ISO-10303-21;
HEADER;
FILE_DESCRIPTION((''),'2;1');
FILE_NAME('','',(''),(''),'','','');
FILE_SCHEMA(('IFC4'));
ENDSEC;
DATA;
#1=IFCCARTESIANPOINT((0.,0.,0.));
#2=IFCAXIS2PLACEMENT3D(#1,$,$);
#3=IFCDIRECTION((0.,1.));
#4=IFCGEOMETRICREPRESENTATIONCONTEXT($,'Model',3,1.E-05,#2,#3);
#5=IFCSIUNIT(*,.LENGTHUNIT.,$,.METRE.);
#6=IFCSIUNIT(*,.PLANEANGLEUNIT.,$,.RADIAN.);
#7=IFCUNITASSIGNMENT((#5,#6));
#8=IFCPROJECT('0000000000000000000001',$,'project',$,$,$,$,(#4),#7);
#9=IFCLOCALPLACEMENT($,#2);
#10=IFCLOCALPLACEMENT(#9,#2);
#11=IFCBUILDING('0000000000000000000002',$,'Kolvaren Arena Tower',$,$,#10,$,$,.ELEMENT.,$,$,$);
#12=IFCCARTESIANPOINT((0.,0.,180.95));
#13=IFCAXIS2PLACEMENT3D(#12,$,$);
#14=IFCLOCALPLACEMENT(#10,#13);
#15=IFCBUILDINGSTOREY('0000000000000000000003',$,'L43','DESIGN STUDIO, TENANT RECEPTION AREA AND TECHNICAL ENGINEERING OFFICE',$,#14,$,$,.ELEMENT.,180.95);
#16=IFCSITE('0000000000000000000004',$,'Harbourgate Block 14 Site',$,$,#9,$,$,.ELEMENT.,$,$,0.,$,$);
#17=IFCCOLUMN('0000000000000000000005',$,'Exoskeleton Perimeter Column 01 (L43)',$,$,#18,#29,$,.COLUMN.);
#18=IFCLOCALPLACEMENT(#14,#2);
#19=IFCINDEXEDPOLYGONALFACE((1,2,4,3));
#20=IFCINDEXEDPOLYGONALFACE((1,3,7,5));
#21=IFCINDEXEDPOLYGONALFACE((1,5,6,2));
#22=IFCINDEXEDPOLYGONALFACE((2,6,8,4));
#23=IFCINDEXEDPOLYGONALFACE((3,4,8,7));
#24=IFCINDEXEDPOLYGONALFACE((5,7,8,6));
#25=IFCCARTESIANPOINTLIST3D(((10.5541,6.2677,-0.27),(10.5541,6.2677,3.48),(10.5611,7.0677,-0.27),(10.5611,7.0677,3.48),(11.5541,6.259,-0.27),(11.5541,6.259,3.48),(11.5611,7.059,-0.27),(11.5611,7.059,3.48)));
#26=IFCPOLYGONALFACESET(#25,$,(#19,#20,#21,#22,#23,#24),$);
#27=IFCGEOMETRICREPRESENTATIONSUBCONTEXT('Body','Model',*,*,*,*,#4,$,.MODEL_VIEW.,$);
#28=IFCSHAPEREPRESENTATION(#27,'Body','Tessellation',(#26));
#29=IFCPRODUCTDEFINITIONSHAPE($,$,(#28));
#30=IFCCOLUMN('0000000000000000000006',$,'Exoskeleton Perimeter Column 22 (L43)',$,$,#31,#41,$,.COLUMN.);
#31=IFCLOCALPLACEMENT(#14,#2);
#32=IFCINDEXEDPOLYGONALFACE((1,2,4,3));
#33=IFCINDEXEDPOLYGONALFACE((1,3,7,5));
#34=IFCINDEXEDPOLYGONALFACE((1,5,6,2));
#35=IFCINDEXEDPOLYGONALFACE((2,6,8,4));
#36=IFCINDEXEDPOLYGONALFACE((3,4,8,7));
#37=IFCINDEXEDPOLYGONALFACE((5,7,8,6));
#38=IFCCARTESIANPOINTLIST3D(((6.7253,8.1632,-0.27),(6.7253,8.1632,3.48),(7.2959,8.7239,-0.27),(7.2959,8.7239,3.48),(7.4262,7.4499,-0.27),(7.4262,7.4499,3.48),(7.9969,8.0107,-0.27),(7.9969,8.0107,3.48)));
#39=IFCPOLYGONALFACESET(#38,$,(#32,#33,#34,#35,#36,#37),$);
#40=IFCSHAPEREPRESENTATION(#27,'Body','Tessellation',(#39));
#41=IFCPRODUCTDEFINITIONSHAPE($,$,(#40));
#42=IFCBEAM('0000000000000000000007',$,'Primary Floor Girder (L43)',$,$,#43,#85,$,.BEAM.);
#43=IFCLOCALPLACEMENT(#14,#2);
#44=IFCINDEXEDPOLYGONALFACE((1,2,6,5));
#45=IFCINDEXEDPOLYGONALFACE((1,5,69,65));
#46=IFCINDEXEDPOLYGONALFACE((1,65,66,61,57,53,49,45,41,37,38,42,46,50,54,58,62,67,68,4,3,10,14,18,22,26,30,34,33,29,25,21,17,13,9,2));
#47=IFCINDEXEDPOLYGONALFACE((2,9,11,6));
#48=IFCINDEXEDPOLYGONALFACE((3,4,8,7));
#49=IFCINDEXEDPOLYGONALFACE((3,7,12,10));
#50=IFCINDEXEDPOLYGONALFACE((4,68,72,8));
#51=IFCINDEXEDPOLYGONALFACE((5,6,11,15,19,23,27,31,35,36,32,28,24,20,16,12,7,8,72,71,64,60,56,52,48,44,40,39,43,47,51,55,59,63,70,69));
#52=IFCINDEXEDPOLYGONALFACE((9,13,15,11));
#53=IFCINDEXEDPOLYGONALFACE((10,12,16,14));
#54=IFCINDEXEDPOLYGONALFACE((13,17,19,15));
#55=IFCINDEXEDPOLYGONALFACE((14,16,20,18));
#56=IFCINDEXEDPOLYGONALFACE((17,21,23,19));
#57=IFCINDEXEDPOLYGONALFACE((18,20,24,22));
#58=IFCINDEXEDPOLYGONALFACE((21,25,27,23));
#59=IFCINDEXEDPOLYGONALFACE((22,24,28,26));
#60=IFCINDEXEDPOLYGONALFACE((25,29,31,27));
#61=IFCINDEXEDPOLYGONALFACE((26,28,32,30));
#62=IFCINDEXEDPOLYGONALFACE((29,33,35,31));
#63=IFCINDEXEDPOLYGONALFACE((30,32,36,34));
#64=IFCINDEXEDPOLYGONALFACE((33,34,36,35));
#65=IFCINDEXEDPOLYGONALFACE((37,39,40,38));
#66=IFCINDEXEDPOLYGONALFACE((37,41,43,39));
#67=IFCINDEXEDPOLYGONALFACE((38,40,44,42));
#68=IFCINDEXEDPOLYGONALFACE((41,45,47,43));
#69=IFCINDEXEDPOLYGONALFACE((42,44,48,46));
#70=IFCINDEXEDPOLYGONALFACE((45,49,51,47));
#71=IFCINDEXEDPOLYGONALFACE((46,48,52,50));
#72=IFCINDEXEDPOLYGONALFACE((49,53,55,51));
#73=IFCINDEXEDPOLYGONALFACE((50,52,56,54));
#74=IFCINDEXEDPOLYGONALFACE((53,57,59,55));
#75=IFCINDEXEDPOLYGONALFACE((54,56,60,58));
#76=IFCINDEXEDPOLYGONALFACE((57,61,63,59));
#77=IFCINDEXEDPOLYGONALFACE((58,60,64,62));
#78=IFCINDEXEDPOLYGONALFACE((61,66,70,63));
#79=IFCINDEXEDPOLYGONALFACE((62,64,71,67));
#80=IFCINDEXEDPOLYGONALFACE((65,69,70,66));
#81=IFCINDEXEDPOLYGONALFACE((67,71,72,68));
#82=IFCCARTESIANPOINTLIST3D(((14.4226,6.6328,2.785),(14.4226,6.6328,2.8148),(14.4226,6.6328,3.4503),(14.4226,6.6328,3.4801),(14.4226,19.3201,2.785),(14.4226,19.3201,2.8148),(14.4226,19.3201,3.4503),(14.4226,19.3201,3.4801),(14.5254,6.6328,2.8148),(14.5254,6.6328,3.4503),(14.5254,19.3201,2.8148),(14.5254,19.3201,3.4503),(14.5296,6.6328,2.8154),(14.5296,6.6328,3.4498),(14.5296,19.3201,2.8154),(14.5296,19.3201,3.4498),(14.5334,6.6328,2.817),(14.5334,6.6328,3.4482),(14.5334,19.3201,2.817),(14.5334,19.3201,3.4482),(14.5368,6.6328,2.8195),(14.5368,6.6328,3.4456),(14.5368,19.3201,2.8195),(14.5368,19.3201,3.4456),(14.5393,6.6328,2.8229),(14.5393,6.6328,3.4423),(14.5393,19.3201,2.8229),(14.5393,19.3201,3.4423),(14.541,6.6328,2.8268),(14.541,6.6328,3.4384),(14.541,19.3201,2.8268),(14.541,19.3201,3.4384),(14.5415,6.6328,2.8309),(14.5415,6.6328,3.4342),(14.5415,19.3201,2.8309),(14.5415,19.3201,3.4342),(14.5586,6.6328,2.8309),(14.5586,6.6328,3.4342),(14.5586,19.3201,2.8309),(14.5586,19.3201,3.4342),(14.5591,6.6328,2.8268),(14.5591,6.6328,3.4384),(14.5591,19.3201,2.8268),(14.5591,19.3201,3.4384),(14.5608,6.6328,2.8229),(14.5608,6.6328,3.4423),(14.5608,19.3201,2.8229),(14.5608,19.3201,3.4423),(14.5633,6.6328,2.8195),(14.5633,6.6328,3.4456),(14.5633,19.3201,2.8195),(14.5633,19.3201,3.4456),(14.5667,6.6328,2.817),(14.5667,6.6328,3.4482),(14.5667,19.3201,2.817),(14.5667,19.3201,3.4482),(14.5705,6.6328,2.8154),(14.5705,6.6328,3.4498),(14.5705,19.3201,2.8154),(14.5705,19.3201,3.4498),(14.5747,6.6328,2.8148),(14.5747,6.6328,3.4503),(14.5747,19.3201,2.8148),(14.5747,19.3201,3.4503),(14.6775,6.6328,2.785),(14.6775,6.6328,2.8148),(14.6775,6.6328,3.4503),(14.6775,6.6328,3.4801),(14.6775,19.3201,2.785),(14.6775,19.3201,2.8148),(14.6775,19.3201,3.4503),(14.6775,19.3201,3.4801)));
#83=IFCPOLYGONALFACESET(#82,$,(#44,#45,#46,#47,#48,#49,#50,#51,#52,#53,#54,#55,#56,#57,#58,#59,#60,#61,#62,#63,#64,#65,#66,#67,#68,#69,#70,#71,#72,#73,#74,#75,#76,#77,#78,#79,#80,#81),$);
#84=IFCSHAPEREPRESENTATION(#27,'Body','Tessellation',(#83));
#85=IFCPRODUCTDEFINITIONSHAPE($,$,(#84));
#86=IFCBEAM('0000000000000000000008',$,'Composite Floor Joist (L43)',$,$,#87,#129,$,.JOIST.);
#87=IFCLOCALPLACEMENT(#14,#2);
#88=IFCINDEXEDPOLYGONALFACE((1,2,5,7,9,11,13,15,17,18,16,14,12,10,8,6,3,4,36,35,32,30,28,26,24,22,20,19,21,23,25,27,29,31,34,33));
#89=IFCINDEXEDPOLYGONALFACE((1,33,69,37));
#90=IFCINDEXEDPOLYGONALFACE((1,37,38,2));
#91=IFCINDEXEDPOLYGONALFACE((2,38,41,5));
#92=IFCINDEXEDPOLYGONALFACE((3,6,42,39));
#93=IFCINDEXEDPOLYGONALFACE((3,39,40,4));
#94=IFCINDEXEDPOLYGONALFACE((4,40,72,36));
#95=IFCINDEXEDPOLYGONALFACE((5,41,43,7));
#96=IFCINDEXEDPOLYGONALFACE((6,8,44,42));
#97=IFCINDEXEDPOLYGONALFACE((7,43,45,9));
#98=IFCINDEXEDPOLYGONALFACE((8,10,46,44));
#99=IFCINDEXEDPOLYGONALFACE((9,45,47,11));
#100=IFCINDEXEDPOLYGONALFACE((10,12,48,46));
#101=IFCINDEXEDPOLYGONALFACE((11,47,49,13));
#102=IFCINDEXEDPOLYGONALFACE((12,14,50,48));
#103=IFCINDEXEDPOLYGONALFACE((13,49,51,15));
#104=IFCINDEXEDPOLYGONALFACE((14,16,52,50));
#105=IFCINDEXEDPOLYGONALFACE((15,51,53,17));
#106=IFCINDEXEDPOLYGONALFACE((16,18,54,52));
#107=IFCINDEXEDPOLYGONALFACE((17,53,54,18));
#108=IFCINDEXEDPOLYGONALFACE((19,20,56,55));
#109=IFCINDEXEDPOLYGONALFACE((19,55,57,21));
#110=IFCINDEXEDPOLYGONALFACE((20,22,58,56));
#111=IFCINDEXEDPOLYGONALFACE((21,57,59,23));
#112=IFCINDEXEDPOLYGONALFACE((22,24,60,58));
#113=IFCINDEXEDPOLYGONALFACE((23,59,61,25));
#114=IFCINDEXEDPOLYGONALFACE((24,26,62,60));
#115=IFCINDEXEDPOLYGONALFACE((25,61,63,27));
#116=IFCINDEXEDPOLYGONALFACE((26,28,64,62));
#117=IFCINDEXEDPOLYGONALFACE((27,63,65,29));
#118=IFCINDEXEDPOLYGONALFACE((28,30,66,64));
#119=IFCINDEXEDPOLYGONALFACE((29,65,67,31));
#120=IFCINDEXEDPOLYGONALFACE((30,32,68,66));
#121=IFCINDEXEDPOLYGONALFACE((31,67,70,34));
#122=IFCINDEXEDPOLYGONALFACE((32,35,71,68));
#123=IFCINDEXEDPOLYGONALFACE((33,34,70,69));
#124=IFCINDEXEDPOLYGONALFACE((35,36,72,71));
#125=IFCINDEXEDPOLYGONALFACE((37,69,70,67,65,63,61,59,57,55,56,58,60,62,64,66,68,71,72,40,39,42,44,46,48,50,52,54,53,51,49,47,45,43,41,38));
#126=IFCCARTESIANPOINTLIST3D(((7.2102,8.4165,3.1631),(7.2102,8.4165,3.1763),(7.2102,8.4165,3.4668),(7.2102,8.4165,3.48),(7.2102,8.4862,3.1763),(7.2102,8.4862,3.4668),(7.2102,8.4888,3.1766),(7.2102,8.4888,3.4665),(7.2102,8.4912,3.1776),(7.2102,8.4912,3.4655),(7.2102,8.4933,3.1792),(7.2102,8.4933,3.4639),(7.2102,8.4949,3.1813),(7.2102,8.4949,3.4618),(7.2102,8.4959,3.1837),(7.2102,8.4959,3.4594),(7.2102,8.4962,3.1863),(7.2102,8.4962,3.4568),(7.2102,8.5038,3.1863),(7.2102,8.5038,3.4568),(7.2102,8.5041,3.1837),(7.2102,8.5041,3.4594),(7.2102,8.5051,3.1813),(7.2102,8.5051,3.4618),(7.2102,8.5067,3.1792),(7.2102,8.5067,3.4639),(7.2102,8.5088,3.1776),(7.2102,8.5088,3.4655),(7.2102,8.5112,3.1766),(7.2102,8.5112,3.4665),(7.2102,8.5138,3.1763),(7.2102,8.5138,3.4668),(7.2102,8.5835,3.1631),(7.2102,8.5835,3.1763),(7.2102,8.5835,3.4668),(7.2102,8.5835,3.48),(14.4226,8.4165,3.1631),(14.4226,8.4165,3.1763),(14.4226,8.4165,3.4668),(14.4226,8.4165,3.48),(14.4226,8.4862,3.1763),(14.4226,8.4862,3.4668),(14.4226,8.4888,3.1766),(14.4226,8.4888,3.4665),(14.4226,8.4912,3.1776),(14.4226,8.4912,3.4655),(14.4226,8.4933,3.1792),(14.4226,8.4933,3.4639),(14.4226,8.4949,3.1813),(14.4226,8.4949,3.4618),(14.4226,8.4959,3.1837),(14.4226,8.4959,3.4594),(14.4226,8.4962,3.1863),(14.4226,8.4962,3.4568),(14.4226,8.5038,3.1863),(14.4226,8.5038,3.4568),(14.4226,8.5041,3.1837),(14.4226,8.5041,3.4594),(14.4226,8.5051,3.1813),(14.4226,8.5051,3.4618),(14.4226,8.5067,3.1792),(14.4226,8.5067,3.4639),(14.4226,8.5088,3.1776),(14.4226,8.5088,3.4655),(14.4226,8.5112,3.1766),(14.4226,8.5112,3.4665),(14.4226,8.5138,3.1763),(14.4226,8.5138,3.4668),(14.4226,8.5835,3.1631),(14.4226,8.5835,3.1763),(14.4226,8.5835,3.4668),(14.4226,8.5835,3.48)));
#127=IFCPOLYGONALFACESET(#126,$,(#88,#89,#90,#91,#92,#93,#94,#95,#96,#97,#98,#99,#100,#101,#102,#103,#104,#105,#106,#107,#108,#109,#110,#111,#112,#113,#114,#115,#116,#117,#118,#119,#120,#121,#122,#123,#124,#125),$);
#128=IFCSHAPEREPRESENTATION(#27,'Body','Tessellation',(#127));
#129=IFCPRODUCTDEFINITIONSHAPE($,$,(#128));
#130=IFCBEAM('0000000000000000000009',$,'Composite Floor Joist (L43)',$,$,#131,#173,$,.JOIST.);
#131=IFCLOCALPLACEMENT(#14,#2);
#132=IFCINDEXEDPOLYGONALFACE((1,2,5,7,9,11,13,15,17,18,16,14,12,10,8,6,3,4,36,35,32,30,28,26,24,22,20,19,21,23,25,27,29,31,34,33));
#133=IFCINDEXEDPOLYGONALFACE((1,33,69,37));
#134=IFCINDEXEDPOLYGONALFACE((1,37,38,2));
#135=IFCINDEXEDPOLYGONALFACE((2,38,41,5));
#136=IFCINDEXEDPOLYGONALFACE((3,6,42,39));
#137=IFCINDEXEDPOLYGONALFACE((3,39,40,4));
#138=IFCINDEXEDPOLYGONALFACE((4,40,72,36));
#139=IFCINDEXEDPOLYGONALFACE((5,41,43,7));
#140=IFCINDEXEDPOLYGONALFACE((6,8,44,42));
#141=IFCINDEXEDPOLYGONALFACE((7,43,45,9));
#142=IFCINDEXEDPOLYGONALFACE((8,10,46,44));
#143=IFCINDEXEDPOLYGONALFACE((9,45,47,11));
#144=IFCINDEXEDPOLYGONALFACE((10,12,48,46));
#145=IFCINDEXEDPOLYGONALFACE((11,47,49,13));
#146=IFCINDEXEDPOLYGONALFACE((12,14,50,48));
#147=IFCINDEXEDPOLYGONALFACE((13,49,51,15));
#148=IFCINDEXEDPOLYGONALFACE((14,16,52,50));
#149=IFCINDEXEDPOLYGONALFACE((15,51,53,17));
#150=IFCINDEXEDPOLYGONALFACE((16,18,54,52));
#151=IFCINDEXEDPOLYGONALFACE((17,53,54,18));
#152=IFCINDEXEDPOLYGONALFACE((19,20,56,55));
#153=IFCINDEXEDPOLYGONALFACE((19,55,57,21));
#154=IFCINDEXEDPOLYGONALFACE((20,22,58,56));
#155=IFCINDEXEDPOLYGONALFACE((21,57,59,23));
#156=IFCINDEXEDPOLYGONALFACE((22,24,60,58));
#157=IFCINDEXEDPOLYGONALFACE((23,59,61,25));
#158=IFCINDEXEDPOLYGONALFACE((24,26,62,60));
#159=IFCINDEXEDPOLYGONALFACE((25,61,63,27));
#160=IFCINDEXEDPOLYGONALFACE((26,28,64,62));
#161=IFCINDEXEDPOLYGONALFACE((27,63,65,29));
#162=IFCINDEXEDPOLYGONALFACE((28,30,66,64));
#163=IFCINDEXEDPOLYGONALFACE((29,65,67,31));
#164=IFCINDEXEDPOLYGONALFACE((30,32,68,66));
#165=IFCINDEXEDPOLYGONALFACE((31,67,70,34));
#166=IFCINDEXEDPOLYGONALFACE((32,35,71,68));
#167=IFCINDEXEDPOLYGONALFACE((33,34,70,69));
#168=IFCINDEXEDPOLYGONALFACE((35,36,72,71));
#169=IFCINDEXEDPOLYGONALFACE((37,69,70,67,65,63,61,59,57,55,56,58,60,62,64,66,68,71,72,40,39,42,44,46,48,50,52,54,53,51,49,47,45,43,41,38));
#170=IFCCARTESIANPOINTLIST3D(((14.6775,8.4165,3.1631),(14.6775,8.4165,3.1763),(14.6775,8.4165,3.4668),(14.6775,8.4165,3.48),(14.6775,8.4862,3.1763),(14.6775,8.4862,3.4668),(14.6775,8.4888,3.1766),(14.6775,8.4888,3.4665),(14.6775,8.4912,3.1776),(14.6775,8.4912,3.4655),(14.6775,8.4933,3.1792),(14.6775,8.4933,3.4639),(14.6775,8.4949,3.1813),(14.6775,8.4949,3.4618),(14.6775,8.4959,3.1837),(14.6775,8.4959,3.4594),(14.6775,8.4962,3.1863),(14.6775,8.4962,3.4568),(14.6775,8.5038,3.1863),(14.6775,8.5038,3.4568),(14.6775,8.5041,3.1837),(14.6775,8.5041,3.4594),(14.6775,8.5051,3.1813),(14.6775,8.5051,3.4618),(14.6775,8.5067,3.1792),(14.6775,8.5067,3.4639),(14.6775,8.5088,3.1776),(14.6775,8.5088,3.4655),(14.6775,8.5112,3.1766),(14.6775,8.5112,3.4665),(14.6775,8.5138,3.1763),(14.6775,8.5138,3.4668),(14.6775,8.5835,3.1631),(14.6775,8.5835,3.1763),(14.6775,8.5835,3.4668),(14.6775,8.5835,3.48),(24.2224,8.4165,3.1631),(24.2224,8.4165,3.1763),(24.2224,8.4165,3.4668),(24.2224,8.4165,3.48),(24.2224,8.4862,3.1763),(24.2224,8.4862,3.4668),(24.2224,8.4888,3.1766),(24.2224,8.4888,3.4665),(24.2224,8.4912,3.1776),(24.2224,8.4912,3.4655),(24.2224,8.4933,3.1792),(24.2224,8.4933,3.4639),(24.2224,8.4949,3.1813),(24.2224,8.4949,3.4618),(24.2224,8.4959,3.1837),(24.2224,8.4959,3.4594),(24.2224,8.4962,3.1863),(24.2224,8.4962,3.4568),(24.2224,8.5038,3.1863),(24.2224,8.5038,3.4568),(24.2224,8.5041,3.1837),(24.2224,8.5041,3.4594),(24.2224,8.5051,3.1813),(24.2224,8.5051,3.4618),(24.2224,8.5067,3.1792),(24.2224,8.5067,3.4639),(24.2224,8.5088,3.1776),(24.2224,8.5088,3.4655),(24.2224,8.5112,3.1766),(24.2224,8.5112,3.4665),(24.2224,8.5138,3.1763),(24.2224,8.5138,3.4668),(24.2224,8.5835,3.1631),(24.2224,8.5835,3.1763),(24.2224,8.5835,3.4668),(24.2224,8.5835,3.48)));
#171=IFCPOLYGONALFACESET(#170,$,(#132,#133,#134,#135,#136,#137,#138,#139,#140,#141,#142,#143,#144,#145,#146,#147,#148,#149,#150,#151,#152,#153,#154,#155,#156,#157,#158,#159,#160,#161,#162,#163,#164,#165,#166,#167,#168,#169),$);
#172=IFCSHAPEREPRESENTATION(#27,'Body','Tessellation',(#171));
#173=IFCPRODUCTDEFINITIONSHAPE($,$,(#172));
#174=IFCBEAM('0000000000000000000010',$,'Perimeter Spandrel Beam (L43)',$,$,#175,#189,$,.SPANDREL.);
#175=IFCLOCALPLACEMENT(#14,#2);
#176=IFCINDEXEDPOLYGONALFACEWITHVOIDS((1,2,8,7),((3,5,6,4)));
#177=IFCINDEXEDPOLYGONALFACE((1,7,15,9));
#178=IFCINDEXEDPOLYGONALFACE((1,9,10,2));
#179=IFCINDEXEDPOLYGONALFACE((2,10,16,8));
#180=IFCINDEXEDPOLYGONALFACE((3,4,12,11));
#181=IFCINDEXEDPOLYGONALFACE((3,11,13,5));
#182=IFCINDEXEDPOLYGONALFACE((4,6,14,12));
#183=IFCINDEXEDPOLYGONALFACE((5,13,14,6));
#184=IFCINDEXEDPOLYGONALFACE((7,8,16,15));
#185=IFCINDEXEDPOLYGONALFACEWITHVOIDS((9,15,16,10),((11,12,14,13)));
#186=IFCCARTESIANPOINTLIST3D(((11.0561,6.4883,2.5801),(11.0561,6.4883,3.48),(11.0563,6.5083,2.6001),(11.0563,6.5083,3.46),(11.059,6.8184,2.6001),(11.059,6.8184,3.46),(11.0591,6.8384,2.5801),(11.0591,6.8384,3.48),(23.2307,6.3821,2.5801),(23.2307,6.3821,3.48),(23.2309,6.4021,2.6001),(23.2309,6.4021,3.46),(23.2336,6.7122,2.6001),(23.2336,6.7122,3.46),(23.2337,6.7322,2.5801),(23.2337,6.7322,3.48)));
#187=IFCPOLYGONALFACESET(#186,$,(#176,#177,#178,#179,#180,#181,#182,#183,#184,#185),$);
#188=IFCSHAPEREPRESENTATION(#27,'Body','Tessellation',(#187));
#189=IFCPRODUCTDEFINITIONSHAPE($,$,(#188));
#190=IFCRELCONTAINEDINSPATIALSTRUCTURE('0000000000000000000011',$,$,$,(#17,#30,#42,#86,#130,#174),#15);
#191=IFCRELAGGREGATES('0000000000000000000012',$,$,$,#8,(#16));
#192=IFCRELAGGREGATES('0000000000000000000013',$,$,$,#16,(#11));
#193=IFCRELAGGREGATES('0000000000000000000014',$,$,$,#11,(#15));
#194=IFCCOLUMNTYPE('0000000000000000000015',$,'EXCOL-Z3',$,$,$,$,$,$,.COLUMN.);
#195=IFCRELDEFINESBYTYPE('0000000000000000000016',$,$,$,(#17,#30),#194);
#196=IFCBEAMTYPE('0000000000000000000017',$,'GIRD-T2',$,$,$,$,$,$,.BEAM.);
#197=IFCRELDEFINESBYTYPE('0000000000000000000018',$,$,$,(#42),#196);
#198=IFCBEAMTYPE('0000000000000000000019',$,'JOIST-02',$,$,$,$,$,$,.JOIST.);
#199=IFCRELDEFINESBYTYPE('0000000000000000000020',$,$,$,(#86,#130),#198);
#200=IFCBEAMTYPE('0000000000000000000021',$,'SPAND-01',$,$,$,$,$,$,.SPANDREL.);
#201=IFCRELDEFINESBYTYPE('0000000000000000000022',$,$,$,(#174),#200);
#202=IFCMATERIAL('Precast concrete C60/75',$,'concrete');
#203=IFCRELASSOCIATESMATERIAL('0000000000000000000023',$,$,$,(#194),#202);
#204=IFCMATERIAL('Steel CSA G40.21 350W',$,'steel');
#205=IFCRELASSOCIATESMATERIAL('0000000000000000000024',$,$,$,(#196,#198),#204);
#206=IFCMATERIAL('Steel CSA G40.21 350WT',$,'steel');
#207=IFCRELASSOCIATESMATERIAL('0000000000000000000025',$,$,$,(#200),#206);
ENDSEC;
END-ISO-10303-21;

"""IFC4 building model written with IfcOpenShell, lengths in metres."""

from ifc_helpers import new_model, si_unit, direction, frame, origin, origin_2d, place, context, subcontext, project, spatial, rectangle, hollow_rectangle, i_section, extrude, material, material_profile, profile_set, type_object, element, save


model = new_model("IFC4")

# Units and contexts
model_context = context("Model", 3, precision=1e-05, world=origin(), true_north=direction((0.0, 1.0)))
body_context = subcontext(model_context, "Body", "Model", "MODEL_VIEW")
ifc_project = project(units=[si_unit("LENGTHUNIT", "METRE"), si_unit("PLANEANGLEUNIT", "RADIAN")], contexts=[model_context])

# Site, building, storey
site_placement = place(None, origin())
site = spatial("IfcSite", under=ifc_project, at=site_placement, Name="Harbourgate Block 14 Site", CompositionType="ELEMENT", RefElevation=0.0)
building_placement = place(site_placement, origin())
building = spatial("IfcBuilding", under=site, at=building_placement, Name="Kolvaren Arena Tower", CompositionType="ELEMENT")
storey_placement = place(building_placement, frame((0.0, 0.0, 180.95)))
storey = spatial("IfcBuildingStorey", under=building, at=storey_placement, Name="L43", Description="DESIGN STUDIO, TENANT RECEPTION AREA AND TECHNICAL ENGINEERING OFFICE", CompositionType="ELEMENT", Elevation=180.95)

# Columns
ifc_material_1 = material(Name="Precast concrete C60/75", Category="concrete")
ifc_material_profile_1 = material_profile(ifc_material_1, rectangle(XDim=1.0, YDim=0.8, at=origin_2d()), Name="RC-1000x800")
ifc_profile_set_1 = profile_set([ifc_material_profile_1], Name="Precast concrete C60/75")
column_type = type_object("IfcColumnType", Name="EXCOL-Z3", PredefinedType="COLUMN", material=ifc_profile_set_1)
for number, where, z_axis, x_axis, name in (
    (1, (11.0576, 6.6633, -0.27), (0.0, 0.0, 1.0), (0.999962, -0.008727, 0.0), "Exoskeleton Perimeter Column 01 (L43)"),
    (2, (7.3611, 8.0869, -0.27), (0.0, 0.0, 1.0), (-0.700909, 0.71325, 0.0), "Exoskeleton Perimeter Column 22 (L43)"),
):
    element("IfcColumn", number, at=place(storey_placement, frame(where, z_axis=z_axis, x_axis=x_axis)), inside=storey, type_object=column_type, Name=name, PredefinedType="COLUMN", context=body_context, shape_type="SweptSolid", body=[
        extrude(rectangle(XDim=1.0, YDim=0.8, at=origin_2d()), origin(), (0.0, 0.0, 1.0), 3.75),
    ])

# Beams
ifc_material_2 = material(Name="Steel CSA G40.21 350W", Category="steel")
ifc_material_profile_2 = material_profile(ifc_material_2, i_section(OverallWidth=0.2549, OverallDepth=0.6951, WebThickness=0.0171, FlangeThickness=0.0298, FilletRadius=0.0161, at=origin_2d()), Name="W690x217")
ifc_profile_set_2 = profile_set([ifc_material_profile_2], Name="Steel CSA G40.21 350W")
beam_type_1 = type_object("IfcBeamType", Name="GIRD-T2", PredefinedType="BEAM", material=ifc_profile_set_2)
beam_1_placement = place(storey_placement, frame((14.55, 6.6328, 3.1326), z_axis=(0.0, 1.0, 0.0), x_axis=(-1.0, 0.0, 0.0)))
element("IfcBeam", 3, at=beam_1_placement, inside=storey, type_object=beam_type_1, Name="Primary Floor Girder (L43)", PredefinedType="BEAM", context=body_context, shape_type="SweptSolid", body=[
    extrude(i_section(OverallWidth=0.2549, OverallDepth=0.6951, WebThickness=0.0171, FlangeThickness=0.0298, FilletRadius=0.0161, at=origin_2d()), origin(), (0.0, 0.0, 1.0), 12.6873),
])
ifc_material_profile_3 = material_profile(ifc_material_2, i_section(OverallWidth=0.167, OverallDepth=0.3169, WebThickness=0.0076, FlangeThickness=0.0132, FilletRadius=0.01, at=origin_2d()), Name="W310x52")
ifc_profile_set_3 = profile_set([ifc_material_profile_3], Name="Steel CSA G40.21 350W")
beam_type_2 = type_object("IfcBeamType", Name="JOIST-02", PredefinedType="JOIST", material=ifc_profile_set_3)
beam_2_placement = place(storey_placement, frame((7.2102, 8.5, 3.3215), z_axis=(1.0, 0.0, 0.0), x_axis=(0.0, 1.0, 0.0)))
element("IfcBeam", 4, at=beam_2_placement, inside=storey, type_object=beam_type_2, Name="Composite Floor Joist (L43)", PredefinedType="JOIST", context=body_context, shape_type="SweptSolid", body=[
    extrude(i_section(OverallWidth=0.167, OverallDepth=0.3169, WebThickness=0.0076, FlangeThickness=0.0132, FilletRadius=0.01, at=origin_2d()), origin(), (0.0, 0.0, 1.0), 7.2124),
])
beam_3_placement = place(storey_placement, frame((14.6775, 8.5, 3.3215), z_axis=(1.0, 0.0, 0.0), x_axis=(0.0, 1.0, 0.0)))
element("IfcBeam", 5, at=beam_3_placement, inside=storey, type_object=beam_type_2, Name="Composite Floor Joist (L43)", PredefinedType="JOIST", context=body_context, shape_type="SweptSolid", body=[
    extrude(i_section(OverallWidth=0.167, OverallDepth=0.3169, WebThickness=0.0076, FlangeThickness=0.0132, FilletRadius=0.01, at=origin_2d()), origin(), (0.0, 0.0, 1.0), 9.5449),
])
ifc_material_3 = material(Name="Steel CSA G40.21 350WT", Category="steel")
ifc_material_profile_4 = material_profile(ifc_material_3, hollow_rectangle(XDim=0.3501, YDim=0.8999, WallThickness=0.02, at=origin_2d()), Name="HSS 900x350x20")
ifc_profile_set_4 = profile_set([ifc_material_profile_4], Name="Steel CSA G40.21 350WT")
beam_type_3 = type_object("IfcBeamType", Name="SPAND-01", PredefinedType="SPANDREL", material=ifc_profile_set_4)
beam_4_placement = place(storey_placement, frame((11.0576, 6.6633, 3.03), z_axis=(0.999962, -0.008723, 0.0), x_axis=(0.008723, 0.999962, 0.0)))
element("IfcBeam", 6, at=beam_4_placement, inside=storey, type_object=beam_type_3, Name="Perimeter Spandrel Beam (L43)", PredefinedType="SPANDREL", context=body_context, shape_type="SweptSolid", body=[
    extrude(hollow_rectangle(XDim=0.3501, YDim=0.8999, WallThickness=0.02, at=origin_2d()), origin(), (0.0, 0.0, 1.0), 12.175),
])

save(model, "model.ifc")
